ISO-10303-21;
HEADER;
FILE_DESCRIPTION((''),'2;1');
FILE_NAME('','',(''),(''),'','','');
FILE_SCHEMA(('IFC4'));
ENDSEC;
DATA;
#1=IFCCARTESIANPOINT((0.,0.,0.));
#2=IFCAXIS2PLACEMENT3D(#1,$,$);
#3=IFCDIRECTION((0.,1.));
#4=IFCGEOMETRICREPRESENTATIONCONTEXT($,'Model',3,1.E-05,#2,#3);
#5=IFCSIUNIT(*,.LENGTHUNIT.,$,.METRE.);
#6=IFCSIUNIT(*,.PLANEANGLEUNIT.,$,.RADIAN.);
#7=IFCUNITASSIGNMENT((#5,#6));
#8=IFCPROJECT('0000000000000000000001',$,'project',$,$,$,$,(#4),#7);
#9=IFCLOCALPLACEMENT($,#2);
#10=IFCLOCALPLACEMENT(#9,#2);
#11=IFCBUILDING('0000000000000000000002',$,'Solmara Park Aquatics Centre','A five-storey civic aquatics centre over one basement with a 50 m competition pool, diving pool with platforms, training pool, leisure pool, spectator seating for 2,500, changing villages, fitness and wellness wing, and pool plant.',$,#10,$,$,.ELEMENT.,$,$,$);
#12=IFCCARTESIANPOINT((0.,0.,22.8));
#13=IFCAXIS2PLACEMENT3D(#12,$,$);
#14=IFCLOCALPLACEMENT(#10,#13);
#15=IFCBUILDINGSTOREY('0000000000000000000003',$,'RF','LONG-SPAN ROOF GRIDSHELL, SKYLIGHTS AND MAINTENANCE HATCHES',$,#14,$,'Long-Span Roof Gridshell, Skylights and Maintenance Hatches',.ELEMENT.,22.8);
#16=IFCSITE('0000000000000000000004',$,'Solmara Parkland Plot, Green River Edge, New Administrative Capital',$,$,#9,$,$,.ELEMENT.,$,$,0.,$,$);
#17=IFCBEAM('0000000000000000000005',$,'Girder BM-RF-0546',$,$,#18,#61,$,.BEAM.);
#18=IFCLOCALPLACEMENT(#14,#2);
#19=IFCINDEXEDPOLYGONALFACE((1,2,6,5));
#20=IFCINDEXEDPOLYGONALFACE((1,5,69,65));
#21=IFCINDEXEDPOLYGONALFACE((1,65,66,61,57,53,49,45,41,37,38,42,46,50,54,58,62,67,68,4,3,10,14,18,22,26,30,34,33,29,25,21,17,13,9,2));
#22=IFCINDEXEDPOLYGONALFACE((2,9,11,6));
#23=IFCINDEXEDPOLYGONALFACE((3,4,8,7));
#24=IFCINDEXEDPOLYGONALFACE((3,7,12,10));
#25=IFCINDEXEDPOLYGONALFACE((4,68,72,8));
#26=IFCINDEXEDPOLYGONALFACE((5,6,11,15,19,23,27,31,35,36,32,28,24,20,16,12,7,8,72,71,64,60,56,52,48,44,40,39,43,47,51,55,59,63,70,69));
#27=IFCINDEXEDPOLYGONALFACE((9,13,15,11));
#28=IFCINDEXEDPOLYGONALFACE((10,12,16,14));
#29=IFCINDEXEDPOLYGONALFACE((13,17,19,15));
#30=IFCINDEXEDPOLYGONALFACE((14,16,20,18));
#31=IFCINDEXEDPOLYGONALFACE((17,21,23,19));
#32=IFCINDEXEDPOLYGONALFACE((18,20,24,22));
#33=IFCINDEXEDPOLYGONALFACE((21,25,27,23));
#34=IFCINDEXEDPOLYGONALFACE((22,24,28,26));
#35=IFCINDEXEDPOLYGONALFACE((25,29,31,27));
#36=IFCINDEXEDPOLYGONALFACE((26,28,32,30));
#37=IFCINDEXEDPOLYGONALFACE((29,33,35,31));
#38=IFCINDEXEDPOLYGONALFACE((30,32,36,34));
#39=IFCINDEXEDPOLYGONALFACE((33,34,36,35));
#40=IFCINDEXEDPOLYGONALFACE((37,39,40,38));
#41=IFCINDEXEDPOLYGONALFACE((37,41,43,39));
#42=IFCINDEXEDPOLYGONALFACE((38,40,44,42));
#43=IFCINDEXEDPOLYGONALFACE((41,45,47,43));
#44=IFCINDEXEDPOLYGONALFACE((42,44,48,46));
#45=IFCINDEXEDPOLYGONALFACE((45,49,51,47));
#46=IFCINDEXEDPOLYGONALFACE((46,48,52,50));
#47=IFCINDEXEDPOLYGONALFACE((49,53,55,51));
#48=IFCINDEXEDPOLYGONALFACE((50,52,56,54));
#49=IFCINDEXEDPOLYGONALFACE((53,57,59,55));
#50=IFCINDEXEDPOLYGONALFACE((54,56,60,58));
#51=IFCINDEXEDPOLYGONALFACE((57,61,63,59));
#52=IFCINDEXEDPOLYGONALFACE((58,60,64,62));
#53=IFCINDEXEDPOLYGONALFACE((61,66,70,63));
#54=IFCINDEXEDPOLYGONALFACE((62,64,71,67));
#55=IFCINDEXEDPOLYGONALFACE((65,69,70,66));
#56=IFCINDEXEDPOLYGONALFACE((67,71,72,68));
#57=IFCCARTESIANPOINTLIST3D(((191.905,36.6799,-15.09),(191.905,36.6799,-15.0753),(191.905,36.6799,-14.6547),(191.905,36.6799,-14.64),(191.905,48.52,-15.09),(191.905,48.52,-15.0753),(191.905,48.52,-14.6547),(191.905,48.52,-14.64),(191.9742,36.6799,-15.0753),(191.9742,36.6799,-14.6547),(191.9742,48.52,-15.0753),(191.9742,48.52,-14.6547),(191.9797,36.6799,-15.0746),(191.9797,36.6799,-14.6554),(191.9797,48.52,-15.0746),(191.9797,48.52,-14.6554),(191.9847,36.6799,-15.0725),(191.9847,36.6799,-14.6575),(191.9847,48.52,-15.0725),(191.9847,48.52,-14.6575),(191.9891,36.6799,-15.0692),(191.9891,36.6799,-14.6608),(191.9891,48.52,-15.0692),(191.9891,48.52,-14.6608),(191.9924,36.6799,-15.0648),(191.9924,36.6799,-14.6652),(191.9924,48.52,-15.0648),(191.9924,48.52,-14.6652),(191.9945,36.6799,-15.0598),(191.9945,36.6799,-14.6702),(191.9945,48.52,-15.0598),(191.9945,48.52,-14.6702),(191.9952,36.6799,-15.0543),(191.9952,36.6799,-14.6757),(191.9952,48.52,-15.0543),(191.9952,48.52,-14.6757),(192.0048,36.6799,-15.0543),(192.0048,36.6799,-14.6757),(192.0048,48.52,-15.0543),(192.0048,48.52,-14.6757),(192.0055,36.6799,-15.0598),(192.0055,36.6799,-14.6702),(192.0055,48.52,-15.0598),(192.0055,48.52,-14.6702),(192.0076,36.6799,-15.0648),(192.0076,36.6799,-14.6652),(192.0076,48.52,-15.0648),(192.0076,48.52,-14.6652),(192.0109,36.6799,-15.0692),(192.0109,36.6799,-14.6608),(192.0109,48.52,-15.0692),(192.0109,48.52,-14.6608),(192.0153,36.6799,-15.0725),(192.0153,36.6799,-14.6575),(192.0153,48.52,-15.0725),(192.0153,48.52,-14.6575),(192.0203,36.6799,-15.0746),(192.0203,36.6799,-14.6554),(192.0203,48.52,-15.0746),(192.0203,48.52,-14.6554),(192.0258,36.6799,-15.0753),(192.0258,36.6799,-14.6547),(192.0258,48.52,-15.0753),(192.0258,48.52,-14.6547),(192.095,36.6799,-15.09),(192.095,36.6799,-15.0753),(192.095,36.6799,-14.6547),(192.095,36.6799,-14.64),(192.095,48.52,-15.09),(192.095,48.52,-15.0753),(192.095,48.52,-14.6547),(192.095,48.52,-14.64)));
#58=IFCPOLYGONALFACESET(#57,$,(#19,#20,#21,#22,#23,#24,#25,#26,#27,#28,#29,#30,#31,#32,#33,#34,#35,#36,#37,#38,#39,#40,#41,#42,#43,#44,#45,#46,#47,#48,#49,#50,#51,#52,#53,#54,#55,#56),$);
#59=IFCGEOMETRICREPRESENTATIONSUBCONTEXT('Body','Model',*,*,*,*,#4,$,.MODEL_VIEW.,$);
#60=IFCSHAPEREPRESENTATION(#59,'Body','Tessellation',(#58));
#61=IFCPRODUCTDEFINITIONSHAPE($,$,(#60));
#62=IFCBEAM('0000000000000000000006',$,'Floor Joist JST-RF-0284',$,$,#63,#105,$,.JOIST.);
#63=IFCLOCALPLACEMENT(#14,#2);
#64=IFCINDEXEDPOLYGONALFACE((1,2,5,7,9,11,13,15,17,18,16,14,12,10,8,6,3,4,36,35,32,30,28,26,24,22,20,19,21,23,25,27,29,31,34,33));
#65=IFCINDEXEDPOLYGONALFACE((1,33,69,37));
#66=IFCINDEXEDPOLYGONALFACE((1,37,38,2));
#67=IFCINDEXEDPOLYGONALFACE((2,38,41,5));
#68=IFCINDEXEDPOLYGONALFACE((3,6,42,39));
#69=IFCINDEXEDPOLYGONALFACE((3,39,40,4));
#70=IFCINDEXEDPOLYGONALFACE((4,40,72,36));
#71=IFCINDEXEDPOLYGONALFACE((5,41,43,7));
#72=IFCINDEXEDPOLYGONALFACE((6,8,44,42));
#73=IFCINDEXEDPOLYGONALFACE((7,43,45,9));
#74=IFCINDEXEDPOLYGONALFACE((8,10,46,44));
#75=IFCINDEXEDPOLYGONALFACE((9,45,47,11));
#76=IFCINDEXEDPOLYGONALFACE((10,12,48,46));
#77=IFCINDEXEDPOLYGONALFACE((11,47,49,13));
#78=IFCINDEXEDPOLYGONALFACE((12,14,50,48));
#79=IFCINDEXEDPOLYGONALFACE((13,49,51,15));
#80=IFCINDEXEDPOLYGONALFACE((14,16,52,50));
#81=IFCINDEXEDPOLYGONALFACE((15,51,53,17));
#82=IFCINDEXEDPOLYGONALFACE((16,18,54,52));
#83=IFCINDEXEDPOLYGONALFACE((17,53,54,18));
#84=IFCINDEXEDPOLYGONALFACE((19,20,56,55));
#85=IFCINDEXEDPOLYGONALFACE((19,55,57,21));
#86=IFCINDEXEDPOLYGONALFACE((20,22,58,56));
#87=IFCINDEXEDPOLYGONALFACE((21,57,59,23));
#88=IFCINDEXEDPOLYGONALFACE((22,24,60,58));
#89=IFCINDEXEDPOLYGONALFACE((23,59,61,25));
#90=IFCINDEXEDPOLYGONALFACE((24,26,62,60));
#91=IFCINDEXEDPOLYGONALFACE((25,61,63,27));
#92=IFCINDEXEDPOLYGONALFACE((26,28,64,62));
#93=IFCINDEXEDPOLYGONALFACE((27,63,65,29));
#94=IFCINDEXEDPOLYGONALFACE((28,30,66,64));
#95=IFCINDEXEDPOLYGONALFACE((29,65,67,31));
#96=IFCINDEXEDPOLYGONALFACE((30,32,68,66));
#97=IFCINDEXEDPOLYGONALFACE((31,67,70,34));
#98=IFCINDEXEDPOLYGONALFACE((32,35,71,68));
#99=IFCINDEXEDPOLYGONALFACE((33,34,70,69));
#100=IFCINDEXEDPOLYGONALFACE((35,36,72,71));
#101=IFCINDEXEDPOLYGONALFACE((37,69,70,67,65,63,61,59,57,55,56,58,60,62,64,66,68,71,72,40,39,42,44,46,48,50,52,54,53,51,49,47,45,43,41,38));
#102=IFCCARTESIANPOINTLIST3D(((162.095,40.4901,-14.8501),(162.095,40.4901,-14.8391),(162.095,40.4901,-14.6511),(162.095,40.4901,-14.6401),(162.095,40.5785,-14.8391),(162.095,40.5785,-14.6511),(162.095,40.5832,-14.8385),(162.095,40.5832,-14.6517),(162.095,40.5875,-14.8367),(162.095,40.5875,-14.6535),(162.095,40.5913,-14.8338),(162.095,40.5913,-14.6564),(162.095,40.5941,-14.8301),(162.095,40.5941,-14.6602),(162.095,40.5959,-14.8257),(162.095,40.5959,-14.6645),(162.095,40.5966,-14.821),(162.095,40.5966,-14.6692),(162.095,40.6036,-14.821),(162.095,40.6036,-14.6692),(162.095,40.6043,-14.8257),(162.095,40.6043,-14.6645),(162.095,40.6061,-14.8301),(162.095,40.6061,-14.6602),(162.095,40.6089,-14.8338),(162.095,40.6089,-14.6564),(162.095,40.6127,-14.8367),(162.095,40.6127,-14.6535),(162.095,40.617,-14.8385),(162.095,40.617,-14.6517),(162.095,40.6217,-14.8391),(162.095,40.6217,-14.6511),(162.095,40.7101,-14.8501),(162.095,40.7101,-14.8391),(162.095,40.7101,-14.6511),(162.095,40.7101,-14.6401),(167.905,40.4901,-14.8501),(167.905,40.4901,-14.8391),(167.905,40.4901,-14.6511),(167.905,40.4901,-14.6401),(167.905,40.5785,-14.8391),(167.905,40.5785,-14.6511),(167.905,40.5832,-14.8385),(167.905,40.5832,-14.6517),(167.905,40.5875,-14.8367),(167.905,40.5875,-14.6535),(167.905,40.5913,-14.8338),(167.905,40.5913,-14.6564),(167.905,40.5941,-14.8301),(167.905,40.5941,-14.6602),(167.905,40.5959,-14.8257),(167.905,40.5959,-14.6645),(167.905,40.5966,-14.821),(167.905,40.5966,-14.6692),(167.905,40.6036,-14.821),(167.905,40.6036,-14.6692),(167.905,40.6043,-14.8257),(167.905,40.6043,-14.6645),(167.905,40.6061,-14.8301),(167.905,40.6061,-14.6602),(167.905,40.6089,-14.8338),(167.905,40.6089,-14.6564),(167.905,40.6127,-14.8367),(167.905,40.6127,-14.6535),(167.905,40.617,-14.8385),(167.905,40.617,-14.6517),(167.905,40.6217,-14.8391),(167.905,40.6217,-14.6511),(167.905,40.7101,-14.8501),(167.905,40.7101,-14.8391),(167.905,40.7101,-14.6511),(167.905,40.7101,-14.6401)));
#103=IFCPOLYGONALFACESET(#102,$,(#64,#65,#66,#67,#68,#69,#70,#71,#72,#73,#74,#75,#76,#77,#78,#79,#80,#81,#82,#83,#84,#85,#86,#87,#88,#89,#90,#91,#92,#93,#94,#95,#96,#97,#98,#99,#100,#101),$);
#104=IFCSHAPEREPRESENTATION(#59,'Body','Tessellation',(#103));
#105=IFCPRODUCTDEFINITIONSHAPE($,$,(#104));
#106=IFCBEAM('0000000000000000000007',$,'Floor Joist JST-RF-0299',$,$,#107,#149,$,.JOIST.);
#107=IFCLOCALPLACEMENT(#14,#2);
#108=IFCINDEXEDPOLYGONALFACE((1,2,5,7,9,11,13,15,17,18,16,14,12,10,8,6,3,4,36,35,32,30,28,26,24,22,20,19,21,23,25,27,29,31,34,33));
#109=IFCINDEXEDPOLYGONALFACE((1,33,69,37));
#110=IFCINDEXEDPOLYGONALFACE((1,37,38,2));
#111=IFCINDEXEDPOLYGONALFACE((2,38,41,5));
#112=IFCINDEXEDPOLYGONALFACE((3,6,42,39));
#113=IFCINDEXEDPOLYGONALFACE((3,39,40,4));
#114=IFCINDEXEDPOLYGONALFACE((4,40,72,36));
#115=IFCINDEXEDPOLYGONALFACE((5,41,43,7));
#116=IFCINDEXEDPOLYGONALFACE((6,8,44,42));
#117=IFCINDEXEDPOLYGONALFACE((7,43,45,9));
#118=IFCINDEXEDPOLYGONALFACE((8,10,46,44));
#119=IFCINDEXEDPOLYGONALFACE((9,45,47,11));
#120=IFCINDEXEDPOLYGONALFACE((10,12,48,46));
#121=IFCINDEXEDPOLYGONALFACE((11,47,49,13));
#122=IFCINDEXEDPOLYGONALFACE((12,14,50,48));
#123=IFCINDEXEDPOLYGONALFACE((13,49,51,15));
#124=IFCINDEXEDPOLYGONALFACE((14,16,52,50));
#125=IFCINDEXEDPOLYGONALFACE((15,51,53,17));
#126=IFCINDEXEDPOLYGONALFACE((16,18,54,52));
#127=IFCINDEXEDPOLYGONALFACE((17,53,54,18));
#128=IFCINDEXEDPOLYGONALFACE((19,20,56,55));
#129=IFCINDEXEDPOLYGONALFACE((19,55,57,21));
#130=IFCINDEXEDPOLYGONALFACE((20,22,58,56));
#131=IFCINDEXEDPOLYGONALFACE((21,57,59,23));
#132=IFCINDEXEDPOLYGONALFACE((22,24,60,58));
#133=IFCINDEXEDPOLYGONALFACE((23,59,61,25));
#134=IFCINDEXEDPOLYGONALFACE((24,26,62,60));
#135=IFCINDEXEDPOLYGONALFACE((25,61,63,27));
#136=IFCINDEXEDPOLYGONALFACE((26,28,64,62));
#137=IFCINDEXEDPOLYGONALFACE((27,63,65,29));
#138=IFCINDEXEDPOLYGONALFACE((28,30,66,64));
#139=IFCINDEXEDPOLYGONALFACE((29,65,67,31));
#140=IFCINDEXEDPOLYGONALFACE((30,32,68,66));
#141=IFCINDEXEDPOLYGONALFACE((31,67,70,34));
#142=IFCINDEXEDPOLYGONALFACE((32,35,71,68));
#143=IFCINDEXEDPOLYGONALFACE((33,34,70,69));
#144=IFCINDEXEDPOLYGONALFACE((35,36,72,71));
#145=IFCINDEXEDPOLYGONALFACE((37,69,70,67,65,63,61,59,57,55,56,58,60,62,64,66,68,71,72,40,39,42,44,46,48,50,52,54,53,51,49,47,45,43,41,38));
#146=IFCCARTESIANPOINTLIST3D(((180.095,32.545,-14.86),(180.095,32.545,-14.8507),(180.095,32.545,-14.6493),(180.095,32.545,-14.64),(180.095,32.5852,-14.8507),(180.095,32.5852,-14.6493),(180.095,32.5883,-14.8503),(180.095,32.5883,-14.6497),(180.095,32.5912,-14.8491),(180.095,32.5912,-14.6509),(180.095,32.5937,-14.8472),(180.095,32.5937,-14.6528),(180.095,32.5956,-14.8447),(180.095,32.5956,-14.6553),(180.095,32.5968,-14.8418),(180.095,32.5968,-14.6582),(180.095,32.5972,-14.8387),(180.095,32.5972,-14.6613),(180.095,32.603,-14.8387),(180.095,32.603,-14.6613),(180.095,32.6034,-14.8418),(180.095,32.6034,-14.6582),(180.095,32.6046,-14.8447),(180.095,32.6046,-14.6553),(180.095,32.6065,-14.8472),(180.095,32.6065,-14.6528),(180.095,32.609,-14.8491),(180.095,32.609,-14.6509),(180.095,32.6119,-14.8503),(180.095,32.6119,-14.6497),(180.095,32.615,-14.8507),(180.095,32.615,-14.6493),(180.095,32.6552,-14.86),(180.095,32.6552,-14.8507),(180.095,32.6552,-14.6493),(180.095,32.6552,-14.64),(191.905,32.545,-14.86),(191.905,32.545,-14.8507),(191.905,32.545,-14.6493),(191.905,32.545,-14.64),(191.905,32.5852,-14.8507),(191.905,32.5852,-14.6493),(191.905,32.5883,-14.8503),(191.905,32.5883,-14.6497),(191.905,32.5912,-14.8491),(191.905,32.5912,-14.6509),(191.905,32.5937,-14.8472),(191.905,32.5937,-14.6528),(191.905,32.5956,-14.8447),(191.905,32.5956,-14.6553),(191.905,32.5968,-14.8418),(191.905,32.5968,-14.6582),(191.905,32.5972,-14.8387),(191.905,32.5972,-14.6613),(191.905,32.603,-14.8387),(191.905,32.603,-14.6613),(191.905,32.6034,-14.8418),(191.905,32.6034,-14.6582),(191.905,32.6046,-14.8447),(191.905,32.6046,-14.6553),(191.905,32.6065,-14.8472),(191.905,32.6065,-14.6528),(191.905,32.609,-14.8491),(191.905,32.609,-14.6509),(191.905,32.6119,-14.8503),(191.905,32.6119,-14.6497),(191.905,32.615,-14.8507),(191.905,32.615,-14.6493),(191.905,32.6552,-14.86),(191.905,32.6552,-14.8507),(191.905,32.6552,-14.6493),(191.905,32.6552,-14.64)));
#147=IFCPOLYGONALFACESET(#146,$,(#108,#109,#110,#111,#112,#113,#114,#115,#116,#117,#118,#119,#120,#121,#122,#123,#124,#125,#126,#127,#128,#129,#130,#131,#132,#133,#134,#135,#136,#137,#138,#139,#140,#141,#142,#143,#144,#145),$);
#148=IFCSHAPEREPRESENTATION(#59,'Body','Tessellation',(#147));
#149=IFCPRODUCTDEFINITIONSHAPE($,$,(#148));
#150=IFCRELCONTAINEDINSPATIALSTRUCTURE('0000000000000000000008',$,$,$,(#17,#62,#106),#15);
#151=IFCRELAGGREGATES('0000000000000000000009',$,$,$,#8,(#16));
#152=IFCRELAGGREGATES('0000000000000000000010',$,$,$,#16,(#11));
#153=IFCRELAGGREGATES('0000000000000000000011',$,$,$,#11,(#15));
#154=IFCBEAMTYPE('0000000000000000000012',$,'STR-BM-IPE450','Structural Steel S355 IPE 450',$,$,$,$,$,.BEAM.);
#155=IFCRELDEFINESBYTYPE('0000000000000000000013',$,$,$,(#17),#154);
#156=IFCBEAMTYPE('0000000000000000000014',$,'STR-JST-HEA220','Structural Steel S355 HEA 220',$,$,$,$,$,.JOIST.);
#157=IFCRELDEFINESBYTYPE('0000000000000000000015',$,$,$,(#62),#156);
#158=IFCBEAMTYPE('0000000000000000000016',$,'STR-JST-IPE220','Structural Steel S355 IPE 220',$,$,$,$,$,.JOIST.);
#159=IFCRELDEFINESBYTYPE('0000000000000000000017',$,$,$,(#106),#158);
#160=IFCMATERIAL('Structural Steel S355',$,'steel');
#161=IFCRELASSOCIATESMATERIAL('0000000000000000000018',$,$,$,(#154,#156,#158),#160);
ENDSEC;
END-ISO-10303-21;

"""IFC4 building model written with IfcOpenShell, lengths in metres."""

from ifc_helpers import new_model, si_unit, direction, frame, origin, origin_2d, place, context, subcontext, project, spatial, i_section, extrude, material, material_profile, profile_set, type_object, element, save


model = new_model("IFC4")

# Units and contexts
model_context = context("Model", 3, precision=1e-05, world=origin(), true_north=direction((0.0, 1.0)))
body_context = subcontext(model_context, "Body", "Model", "MODEL_VIEW")
ifc_project = project(units=[si_unit("LENGTHUNIT", "METRE"), si_unit("PLANEANGLEUNIT", "RADIAN")], contexts=[model_context])

# Site, building, storey
site_placement = place(None, origin())
site = spatial("IfcSite", under=ifc_project, at=site_placement, Name="Solmara Parkland Plot, Green River Edge, New Administrative Capital", CompositionType="ELEMENT", RefElevation=0.0)
building_placement = place(site_placement, origin())
building = spatial("IfcBuilding", under=site, at=building_placement, Name="Solmara Park Aquatics Centre", Description="A five-storey civic aquatics centre over one basement with a 50 m competition pool, diving pool with platforms, training pool, leisure pool, spectator seating for 2,500, changing villages, fitness and wellness wing, and pool plant.", CompositionType="ELEMENT")
storey_placement = place(building_placement, frame((0.0, 0.0, 22.8)))
storey = spatial("IfcBuildingStorey", under=building, at=storey_placement, Name="RF", Description="LONG-SPAN ROOF GRIDSHELL, SKYLIGHTS AND MAINTENANCE HATCHES", LongName="Long-Span Roof Gridshell, Skylights and Maintenance Hatches", CompositionType="ELEMENT", Elevation=22.8)

# Beams
ifc_material = material(Name="Structural Steel S355", Category="steel")
ifc_material_profile_1 = material_profile(ifc_material, i_section(OverallWidth=0.1899, OverallDepth=0.45, WebThickness=0.0095, FlangeThickness=0.0146, FilletRadius=0.021, at=origin_2d()), Name="IPE 450")
ifc_profile_set_1 = profile_set([ifc_material_profile_1], Name="Structural Steel S355")
beam_type_1 = type_object("IfcBeamType", Name="STR-BM-IPE450", Description="Structural Steel S355 IPE 450", PredefinedType="BEAM", material=ifc_profile_set_1)
for number, where, z_axis, x_axis, name in (
    (1, (192.0, 36.6799, -14.865), (0.0, 1.0, 0.0), (-1.0, 0.0, 0.0), "Girder BM-RF-0546"),
):
    element("IfcBeam", number, at=place(storey_placement, frame(where, z_axis=z_axis, x_axis=x_axis)), inside=storey, type_object=beam_type_1, Name=name, PredefinedType="BEAM", context=body_context, shape_type="SweptSolid", body=[
        extrude(i_section(OverallWidth=0.1899, OverallDepth=0.45, WebThickness=0.0095, FlangeThickness=0.0146, FilletRadius=0.021, at=origin_2d()), origin(), (0.0, 0.0, 1.0), 11.8401),
    ])
ifc_material_profile_2 = material_profile(ifc_material, i_section(OverallWidth=0.22, OverallDepth=0.21, WebThickness=0.0071, FlangeThickness=0.011, FilletRadius=0.0181, at=origin_2d()), Name="HEA 220")
ifc_profile_set_2 = profile_set([ifc_material_profile_2], Name="Structural Steel S355")
beam_type_2 = type_object("IfcBeamType", Name="STR-JST-HEA220", Description="Structural Steel S355 HEA 220", PredefinedType="JOIST", material=ifc_profile_set_2)
beam_1_placement = place(storey_placement, frame((162.095, 40.6001, -14.7451), z_axis=(1.0, 0.0, 0.0), x_axis=(0.0, 1.0, 0.0)))
element("IfcBeam", 2, at=beam_1_placement, inside=storey, type_object=beam_type_2, Name="Floor Joist JST-RF-0284", PredefinedType="JOIST", context=body_context, shape_type="SweptSolid", body=[
    extrude(i_section(OverallWidth=0.22, OverallDepth=0.21, WebThickness=0.0071, FlangeThickness=0.011, FilletRadius=0.0181, at=origin_2d()), origin(), (0.0, 0.0, 1.0), 5.8101),
])
ifc_material_profile_3 = material_profile(ifc_material, i_section(OverallWidth=0.1101, OverallDepth=0.22, WebThickness=0.0059, FlangeThickness=0.0093, FilletRadius=0.012, at=origin_2d()), Name="IPE 220")
ifc_profile_set_3 = profile_set([ifc_material_profile_3], Name="Structural Steel S355")
beam_type_3 = type_object("IfcBeamType", Name="STR-JST-IPE220", Description="Structural Steel S355 IPE 220", PredefinedType="JOIST", material=ifc_profile_set_3)
beam_2_placement = place(storey_placement, frame((180.095, 32.6001, -14.75), z_axis=(1.0, 0.0, 0.0), x_axis=(0.0, 1.0, 0.0)))
element("IfcBeam", 3, at=beam_2_placement, inside=storey, type_object=beam_type_3, Name="Floor Joist JST-RF-0299", PredefinedType="JOIST", context=body_context, shape_type="SweptSolid", body=[
    extrude(i_section(OverallWidth=0.1101, OverallDepth=0.22, WebThickness=0.0059, FlangeThickness=0.0093, FilletRadius=0.012, at=origin_2d()), origin(), (0.0, 0.0, 1.0), 11.8101),
])

save(model, "model.ifc")
